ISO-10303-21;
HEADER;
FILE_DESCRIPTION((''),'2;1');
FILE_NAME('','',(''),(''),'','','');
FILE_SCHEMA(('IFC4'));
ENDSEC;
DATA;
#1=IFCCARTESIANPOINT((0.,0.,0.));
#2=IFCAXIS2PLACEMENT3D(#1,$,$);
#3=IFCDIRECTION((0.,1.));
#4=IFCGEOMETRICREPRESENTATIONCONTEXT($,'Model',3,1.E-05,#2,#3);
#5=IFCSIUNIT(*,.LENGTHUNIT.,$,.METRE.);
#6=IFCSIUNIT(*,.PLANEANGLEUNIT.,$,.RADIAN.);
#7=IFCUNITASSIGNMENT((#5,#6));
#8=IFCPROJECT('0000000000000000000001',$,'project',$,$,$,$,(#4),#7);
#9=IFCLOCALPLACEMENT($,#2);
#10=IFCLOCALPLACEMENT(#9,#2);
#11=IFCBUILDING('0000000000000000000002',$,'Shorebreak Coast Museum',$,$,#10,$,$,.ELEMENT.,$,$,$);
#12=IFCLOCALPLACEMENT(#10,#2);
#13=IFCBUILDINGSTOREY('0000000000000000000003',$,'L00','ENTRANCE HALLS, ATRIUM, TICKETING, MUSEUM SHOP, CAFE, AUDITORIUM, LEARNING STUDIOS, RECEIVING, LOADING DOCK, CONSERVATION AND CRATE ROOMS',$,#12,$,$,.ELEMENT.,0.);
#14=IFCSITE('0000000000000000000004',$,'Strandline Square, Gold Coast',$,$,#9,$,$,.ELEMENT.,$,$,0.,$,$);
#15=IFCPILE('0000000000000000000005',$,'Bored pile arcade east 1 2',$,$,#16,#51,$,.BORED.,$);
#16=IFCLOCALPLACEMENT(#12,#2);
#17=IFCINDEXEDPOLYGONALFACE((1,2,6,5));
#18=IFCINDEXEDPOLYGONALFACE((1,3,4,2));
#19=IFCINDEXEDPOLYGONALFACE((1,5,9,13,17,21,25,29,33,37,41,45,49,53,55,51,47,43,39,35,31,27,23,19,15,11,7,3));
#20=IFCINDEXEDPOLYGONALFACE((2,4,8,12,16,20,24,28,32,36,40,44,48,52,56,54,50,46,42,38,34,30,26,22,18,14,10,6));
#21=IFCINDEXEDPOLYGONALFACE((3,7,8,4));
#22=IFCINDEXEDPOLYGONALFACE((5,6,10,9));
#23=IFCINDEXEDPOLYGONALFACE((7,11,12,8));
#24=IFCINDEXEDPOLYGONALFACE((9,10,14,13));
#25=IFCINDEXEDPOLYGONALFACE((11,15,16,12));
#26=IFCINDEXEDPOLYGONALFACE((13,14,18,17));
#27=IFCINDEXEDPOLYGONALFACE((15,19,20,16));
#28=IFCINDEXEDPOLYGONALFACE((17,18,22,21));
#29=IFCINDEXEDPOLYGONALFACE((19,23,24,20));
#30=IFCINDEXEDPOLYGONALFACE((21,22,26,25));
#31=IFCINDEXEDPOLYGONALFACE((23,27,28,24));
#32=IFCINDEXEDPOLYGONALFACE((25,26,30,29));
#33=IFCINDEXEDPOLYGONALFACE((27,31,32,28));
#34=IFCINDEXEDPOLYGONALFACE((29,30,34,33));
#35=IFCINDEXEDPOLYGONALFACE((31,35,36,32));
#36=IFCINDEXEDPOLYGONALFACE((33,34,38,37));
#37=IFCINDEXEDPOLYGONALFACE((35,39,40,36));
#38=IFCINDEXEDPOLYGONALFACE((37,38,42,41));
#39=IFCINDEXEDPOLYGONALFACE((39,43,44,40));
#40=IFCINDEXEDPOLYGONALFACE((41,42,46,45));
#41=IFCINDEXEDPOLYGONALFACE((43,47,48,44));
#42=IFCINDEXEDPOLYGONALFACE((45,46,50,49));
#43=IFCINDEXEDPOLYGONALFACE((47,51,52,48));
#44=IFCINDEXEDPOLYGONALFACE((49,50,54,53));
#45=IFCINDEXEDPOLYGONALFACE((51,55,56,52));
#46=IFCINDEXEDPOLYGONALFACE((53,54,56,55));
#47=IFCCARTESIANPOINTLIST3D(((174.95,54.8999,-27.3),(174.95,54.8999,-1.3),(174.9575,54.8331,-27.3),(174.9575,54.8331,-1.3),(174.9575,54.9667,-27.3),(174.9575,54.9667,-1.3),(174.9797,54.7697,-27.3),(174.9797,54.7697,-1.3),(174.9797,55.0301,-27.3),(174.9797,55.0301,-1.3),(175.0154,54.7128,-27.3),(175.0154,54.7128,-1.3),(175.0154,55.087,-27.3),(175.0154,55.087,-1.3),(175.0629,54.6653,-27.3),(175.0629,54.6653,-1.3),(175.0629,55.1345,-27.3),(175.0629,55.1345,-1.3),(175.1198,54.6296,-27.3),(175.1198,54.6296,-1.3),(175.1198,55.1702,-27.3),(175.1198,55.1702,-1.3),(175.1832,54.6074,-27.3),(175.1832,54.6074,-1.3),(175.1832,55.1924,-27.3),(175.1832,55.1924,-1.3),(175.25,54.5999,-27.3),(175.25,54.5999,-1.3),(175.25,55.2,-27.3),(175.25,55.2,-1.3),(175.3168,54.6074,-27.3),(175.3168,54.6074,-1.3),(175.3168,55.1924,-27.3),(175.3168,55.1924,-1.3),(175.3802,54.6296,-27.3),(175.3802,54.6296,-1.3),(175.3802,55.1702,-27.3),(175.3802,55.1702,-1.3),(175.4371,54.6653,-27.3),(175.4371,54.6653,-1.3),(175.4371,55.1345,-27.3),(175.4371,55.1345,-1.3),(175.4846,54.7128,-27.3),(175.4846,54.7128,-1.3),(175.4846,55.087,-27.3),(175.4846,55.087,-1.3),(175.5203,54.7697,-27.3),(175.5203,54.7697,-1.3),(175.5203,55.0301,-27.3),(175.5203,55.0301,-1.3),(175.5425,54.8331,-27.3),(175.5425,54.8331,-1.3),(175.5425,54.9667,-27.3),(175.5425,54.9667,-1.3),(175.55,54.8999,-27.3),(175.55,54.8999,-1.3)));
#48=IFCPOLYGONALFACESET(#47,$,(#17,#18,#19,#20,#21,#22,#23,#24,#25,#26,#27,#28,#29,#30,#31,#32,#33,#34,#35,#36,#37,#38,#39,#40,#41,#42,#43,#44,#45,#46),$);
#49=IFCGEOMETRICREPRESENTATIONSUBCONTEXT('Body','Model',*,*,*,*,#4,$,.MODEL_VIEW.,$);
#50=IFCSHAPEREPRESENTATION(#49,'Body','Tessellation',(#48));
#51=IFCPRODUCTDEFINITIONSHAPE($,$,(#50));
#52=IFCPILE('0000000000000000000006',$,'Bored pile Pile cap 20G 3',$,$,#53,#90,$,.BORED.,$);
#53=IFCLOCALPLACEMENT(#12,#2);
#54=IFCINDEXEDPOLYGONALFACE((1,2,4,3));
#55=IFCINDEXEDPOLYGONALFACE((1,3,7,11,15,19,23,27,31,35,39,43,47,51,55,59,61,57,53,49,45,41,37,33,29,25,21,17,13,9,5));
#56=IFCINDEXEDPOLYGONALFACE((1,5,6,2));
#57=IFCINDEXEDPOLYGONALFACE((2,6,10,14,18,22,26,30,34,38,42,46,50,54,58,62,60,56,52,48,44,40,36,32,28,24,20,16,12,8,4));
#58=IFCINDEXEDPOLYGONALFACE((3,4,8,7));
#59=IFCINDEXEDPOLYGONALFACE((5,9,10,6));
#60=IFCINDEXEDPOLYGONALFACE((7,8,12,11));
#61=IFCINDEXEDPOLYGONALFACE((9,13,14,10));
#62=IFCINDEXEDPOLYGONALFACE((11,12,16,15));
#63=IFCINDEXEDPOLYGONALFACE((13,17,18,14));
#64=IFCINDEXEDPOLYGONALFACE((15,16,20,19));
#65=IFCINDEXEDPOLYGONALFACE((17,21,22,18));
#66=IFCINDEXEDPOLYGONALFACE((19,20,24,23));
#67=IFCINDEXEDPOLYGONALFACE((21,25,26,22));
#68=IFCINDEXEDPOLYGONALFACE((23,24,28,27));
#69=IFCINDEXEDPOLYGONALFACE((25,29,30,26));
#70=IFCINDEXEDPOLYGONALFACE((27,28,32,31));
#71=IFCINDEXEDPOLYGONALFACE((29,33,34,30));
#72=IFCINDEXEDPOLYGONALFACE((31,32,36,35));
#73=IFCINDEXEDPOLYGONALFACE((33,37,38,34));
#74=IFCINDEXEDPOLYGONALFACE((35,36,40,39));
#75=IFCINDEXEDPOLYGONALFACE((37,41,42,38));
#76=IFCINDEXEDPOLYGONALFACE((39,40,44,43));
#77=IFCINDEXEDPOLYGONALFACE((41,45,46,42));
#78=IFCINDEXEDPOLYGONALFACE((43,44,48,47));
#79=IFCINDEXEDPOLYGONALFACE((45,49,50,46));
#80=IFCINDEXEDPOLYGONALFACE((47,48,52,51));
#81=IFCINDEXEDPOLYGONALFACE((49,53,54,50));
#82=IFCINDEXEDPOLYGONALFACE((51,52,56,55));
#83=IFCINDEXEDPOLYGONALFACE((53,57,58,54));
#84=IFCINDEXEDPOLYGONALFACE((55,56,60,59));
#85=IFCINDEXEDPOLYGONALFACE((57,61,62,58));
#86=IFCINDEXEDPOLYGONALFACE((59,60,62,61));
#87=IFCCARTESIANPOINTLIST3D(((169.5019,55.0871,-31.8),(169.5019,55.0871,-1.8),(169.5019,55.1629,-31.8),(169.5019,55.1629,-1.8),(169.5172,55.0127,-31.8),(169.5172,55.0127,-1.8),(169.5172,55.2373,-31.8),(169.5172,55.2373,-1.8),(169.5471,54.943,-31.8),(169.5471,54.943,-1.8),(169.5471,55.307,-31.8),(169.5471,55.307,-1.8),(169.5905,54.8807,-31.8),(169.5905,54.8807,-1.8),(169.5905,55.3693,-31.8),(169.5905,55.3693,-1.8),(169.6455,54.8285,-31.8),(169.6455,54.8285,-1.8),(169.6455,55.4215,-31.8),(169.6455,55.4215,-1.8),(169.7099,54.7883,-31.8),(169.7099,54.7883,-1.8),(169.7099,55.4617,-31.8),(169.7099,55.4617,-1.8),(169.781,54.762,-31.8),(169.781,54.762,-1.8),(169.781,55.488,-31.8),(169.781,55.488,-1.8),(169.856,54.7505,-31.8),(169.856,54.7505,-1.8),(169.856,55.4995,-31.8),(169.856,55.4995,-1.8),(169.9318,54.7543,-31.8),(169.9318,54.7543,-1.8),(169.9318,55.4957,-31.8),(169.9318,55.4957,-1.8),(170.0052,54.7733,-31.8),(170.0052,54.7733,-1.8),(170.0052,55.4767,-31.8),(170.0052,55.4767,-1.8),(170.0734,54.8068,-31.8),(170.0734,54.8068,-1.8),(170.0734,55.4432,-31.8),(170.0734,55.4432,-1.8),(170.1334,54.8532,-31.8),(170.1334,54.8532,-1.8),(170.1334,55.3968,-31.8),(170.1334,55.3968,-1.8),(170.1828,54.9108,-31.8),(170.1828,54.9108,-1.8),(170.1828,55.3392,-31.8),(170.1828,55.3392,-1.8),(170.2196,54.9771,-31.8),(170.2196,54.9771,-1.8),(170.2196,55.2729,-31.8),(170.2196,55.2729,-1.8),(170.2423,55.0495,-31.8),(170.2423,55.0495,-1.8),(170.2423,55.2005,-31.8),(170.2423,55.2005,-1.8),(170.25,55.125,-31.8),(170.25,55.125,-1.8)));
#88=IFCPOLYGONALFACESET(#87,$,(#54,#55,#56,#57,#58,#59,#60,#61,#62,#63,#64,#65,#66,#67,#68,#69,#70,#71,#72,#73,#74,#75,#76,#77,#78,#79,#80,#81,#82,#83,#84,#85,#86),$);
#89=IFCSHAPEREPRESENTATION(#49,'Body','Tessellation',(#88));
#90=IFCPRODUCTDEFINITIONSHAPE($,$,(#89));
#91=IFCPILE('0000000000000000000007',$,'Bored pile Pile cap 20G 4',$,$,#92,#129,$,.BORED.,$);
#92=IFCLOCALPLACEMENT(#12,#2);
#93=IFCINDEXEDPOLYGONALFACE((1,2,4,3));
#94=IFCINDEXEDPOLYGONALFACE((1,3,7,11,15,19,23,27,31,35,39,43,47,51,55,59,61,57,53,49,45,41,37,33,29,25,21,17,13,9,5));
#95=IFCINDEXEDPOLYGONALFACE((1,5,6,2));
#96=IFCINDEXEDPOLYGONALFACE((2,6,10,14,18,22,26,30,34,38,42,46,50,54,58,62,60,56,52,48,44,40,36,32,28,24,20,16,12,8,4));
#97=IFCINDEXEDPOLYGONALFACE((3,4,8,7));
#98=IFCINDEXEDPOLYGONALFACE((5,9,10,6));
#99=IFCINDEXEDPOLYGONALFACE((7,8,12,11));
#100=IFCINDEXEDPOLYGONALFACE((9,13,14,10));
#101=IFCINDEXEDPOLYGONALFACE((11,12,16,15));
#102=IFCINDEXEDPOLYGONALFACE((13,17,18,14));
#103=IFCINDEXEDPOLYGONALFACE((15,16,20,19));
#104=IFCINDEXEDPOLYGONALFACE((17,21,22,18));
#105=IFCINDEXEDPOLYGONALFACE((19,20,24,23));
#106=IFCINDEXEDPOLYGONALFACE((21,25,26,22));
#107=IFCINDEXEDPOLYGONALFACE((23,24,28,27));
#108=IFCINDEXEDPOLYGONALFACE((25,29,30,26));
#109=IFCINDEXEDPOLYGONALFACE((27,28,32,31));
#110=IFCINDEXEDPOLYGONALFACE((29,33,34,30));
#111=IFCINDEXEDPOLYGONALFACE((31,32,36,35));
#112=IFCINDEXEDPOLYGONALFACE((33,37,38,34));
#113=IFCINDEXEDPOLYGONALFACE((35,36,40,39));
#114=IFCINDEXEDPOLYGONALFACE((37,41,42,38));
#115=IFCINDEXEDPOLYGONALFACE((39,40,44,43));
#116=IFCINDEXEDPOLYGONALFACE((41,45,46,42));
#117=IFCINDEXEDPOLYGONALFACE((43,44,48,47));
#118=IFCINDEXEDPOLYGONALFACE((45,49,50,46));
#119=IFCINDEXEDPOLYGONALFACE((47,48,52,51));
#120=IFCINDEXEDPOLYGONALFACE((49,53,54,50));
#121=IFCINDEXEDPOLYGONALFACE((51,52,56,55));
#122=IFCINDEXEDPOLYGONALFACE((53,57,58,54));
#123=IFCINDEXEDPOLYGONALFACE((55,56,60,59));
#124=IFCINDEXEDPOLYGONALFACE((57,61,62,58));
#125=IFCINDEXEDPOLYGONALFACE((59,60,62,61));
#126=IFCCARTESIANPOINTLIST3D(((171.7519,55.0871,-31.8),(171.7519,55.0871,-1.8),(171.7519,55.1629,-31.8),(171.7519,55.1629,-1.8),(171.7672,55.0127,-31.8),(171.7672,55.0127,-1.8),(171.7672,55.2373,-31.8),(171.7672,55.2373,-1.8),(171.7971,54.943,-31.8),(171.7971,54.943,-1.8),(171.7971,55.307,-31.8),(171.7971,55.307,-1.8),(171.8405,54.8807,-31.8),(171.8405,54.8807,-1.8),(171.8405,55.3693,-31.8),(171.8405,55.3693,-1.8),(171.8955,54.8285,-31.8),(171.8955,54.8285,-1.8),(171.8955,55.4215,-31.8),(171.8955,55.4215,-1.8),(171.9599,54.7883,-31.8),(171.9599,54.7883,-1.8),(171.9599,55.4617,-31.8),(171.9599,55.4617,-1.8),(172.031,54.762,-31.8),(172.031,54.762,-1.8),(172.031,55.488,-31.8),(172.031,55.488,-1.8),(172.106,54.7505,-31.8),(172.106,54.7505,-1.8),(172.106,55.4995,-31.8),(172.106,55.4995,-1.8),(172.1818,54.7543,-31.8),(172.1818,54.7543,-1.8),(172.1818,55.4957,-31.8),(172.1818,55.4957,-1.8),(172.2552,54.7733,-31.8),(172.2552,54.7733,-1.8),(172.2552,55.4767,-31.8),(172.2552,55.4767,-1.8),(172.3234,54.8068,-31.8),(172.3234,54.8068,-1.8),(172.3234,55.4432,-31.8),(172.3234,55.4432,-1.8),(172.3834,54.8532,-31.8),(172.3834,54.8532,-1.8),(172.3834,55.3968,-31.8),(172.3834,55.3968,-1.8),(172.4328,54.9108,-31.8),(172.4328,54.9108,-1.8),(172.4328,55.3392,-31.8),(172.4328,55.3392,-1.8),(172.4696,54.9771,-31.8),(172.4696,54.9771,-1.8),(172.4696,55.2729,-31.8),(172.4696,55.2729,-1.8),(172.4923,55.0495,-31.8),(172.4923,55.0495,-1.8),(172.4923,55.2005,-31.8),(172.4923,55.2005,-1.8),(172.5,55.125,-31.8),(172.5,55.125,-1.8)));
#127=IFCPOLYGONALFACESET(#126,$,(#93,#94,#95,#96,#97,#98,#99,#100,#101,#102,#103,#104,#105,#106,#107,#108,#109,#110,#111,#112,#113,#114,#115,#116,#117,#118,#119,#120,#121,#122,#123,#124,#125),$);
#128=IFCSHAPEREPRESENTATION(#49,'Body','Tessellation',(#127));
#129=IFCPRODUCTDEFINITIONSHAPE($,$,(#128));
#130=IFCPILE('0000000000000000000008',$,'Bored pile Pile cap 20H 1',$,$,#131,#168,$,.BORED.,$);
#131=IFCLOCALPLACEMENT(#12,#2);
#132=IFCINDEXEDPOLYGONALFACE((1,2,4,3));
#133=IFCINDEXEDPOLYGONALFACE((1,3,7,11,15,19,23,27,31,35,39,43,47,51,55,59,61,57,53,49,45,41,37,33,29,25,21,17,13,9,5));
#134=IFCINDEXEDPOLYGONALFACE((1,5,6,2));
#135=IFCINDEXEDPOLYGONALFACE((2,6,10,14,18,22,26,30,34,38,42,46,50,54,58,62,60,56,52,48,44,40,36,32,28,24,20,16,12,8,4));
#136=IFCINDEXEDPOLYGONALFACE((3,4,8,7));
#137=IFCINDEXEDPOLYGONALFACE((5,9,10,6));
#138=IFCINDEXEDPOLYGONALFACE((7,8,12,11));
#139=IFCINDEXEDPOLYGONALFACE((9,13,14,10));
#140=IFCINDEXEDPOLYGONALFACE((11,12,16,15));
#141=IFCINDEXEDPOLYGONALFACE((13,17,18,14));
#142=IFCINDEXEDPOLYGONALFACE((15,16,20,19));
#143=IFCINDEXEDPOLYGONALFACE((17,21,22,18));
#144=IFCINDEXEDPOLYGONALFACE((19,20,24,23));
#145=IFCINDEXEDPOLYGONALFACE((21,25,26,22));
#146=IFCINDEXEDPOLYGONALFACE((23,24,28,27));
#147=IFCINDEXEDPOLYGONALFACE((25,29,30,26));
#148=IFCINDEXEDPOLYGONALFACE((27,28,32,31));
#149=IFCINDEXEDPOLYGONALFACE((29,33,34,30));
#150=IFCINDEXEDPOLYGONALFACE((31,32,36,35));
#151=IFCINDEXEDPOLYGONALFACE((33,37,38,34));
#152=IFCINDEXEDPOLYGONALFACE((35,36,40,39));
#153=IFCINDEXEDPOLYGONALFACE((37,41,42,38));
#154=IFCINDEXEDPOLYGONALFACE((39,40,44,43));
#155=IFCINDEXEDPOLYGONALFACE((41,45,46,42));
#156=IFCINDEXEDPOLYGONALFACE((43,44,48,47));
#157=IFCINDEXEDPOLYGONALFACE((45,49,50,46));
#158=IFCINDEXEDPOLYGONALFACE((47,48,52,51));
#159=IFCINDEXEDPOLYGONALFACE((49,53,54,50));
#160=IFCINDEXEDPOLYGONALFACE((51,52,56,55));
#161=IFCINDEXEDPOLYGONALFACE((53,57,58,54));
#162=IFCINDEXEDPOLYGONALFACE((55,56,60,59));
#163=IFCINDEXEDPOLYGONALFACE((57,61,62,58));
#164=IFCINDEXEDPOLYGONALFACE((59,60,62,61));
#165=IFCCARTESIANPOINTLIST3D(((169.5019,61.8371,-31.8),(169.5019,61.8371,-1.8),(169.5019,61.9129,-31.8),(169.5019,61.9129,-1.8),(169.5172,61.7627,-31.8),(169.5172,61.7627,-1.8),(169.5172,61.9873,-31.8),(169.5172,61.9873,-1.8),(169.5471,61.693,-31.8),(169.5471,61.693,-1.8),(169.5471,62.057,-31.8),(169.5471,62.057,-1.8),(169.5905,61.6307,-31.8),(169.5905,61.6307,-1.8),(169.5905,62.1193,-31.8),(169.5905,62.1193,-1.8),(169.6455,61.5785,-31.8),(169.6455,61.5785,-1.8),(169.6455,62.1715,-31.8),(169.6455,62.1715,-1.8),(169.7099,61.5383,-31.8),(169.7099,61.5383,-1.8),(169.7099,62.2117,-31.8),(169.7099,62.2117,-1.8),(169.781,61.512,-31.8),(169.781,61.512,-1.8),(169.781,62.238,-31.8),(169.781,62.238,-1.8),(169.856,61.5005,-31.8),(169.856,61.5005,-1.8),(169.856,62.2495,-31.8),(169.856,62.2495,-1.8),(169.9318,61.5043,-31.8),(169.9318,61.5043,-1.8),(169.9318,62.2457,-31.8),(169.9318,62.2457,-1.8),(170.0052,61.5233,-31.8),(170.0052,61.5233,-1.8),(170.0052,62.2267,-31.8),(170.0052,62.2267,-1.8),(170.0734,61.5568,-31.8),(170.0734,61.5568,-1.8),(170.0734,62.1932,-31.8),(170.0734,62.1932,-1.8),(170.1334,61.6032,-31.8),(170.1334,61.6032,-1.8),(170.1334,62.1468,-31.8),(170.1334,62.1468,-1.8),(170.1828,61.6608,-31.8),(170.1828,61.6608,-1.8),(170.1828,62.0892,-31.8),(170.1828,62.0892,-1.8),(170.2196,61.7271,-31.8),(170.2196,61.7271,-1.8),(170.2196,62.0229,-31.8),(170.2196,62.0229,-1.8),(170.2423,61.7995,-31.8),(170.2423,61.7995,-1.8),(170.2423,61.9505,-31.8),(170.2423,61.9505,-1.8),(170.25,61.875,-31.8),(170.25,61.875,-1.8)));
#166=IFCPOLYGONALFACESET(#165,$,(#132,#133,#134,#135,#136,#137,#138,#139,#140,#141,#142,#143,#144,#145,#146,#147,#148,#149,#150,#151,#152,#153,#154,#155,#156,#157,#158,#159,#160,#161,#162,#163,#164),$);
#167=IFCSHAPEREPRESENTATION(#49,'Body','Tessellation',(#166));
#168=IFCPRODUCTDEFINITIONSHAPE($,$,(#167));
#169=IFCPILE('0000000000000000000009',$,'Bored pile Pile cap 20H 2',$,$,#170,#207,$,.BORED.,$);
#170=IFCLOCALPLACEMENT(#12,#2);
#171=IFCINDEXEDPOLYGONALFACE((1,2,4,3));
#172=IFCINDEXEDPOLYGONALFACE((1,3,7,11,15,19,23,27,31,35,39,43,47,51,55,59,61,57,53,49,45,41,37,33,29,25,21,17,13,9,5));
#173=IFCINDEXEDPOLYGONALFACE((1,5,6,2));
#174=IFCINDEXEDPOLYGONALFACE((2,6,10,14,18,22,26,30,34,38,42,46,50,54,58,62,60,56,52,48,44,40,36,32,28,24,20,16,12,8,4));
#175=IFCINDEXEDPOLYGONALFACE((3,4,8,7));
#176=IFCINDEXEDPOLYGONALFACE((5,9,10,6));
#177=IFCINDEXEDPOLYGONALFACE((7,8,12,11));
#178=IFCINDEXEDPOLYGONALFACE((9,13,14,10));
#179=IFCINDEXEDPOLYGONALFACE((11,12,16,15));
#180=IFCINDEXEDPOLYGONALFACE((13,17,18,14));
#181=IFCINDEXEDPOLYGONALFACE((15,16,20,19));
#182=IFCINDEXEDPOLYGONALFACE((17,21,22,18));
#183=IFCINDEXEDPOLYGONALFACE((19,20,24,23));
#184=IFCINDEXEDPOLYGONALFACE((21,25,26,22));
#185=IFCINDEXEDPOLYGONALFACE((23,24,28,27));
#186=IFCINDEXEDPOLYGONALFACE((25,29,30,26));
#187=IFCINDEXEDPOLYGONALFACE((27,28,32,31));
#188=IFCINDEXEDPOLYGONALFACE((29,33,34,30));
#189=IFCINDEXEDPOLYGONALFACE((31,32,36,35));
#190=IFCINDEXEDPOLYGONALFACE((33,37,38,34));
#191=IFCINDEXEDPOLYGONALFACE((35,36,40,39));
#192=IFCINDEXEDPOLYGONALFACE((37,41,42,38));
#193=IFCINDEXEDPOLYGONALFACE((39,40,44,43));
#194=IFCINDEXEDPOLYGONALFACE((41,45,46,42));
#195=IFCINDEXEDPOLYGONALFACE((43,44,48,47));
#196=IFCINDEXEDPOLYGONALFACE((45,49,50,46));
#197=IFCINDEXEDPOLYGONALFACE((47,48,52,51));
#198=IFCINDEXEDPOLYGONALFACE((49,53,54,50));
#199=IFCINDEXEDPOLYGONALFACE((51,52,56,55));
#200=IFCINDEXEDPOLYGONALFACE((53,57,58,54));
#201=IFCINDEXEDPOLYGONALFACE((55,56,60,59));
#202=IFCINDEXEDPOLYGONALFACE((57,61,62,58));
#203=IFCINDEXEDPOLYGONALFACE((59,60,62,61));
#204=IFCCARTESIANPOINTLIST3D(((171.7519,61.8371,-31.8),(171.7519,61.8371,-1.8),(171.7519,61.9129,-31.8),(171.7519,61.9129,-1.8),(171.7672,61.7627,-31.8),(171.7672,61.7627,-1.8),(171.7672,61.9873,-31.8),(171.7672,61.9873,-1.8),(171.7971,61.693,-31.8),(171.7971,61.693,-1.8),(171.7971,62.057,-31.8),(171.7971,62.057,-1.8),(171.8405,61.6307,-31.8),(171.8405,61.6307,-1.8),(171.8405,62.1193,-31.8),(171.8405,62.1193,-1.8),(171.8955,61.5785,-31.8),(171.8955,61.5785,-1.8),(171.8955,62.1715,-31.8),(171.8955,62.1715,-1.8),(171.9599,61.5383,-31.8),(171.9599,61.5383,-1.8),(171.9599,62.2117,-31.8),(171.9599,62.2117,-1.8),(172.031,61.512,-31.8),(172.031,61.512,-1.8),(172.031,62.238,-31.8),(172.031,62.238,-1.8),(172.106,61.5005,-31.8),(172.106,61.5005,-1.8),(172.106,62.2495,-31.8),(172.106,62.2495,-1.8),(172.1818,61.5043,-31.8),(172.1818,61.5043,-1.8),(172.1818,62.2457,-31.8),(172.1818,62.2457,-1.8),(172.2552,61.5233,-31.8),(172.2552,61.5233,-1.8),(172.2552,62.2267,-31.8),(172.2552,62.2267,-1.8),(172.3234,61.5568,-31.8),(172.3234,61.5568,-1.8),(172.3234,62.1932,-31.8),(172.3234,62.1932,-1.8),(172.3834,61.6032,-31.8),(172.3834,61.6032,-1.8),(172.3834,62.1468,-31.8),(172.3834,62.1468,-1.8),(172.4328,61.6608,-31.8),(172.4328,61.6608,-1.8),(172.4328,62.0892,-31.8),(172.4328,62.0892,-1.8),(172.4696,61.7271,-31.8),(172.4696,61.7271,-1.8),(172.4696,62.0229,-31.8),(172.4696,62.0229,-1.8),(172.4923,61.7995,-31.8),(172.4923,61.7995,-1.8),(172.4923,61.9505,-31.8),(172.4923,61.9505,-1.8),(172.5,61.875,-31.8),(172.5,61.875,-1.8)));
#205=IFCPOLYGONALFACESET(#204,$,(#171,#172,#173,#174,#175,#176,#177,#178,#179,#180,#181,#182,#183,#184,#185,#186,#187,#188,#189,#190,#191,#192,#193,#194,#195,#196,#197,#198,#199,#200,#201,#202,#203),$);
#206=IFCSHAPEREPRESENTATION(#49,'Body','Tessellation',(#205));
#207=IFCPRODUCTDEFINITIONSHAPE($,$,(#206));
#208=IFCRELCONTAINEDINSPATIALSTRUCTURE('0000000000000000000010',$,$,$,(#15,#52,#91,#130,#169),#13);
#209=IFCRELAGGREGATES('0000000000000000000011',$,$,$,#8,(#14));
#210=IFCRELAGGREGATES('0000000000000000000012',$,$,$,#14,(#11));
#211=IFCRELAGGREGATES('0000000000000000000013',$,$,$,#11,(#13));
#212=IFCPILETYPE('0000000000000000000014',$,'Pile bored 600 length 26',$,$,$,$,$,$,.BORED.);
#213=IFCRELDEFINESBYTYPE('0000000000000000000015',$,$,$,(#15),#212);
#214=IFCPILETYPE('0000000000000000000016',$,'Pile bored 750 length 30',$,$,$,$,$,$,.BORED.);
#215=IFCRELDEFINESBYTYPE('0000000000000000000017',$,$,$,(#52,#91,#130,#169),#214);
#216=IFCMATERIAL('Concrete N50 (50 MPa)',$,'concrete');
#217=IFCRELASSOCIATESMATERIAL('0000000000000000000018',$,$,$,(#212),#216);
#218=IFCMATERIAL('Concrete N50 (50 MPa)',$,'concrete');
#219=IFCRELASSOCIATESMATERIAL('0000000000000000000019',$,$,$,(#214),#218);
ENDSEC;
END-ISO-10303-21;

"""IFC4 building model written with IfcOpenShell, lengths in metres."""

from ifc_helpers import new_model, si_unit, direction, frame, origin, origin_2d, place, context, subcontext, project, spatial, circle, extrude, material, material_profile, profile_set, type_object, element, save


model = new_model("IFC4")

# Units and contexts
model_context = context("Model", 3, precision=1e-05, world=origin(), true_north=direction((0.0, 1.0)))
body_context = subcontext(model_context, "Body", "Model", "MODEL_VIEW")
ifc_project = project(units=[si_unit("LENGTHUNIT", "METRE"), si_unit("PLANEANGLEUNIT", "RADIAN")], contexts=[model_context])

# Site, building, storey
site_placement = place(None, origin())
site = spatial("IfcSite", under=ifc_project, at=site_placement, Name="Strandline Square, Gold Coast", CompositionType="ELEMENT", RefElevation=0.0)
building_placement = place(site_placement, origin())
building = spatial("IfcBuilding", under=site, at=building_placement, Name="Shorebreak Coast Museum", CompositionType="ELEMENT")
storey_placement = place(building_placement, origin())
storey = spatial("IfcBuildingStorey", under=building, at=storey_placement, Name="L00", Description="ENTRANCE HALLS, ATRIUM, TICKETING, MUSEUM SHOP, CAFE, AUDITORIUM, LEARNING STUDIOS, RECEIVING, LOADING DOCK, CONSERVATION AND CRATE ROOMS", CompositionType="ELEMENT", Elevation=0.0)

# Piles
ifc_material_1 = material(Name="Concrete N50 (50 MPa)", Category="concrete")
ifc_material_profile_1 = material_profile(ifc_material_1, circle(Radius=0.3, at=origin_2d()), Name="Pile bored 600 length 26")
ifc_profile_set_1 = profile_set([ifc_material_profile_1], Name="Concrete N50 (50 MPa)")
pile_type_1 = type_object("IfcPileType", Name="Pile bored 600 length 26", PredefinedType="BORED", material=ifc_profile_set_1)
for number, where, z_axis, x_axis, name in (
    (1, (175.25, 54.8999, -1.3), (0.0, 0.0, -1.0), (1.0, 0.0, 0.0), "Bored pile arcade east 1 2"),
):
    element("IfcPile", number, at=place(storey_placement, frame(where, z_axis=z_axis, x_axis=x_axis)), inside=storey, type_object=pile_type_1, Name=name, PredefinedType="BORED", context=body_context, shape_type="SweptSolid", body=[
        extrude(circle(Radius=0.3, at=origin_2d()), origin(), (0.0, 0.0, 1.0), 26.0),
    ])
ifc_material_2 = material(Name="Concrete N50 (50 MPa)", Category="concrete")
ifc_material_profile_2 = material_profile(ifc_material_2, circle(Radius=0.375, at=origin_2d()), Name="Pile bored 750 length 30")
ifc_profile_set_2 = profile_set([ifc_material_profile_2], Name="Concrete N50 (50 MPa)")
pile_type_2 = type_object("IfcPileType", Name="Pile bored 750 length 30", PredefinedType="BORED", material=ifc_profile_set_2)
for number, where, z_axis, x_axis, name in (
    (2, (169.875, 55.125, -1.8), (0.0, 0.0, -1.0), (1.0, 0.0, 0.0), "Bored pile Pile cap 20G 3"),
    (3, (172.125, 55.125, -1.8), (0.0, 0.0, -1.0), (1.0, 0.0, 0.0), "Bored pile Pile cap 20G 4"),
    (4, (169.875, 61.875, -1.8), (0.0, 0.0, -1.0), (1.0, 0.0, 0.0), "Bored pile Pile cap 20H 1"),
    (5, (172.125, 61.875, -1.8), (0.0, 0.0, -1.0), (1.0, 0.0, 0.0), "Bored pile Pile cap 20H 2"),
):
    element("IfcPile", number, at=place(storey_placement, frame(where, z_axis=z_axis, x_axis=x_axis)), inside=storey, type_object=pile_type_2, Name=name, PredefinedType="BORED", context=body_context, shape_type="SweptSolid", body=[
        extrude(circle(Radius=0.375, at=origin_2d()), origin(), (0.0, 0.0, 1.0), 30.0),
    ])

save(model, "model.ifc")
